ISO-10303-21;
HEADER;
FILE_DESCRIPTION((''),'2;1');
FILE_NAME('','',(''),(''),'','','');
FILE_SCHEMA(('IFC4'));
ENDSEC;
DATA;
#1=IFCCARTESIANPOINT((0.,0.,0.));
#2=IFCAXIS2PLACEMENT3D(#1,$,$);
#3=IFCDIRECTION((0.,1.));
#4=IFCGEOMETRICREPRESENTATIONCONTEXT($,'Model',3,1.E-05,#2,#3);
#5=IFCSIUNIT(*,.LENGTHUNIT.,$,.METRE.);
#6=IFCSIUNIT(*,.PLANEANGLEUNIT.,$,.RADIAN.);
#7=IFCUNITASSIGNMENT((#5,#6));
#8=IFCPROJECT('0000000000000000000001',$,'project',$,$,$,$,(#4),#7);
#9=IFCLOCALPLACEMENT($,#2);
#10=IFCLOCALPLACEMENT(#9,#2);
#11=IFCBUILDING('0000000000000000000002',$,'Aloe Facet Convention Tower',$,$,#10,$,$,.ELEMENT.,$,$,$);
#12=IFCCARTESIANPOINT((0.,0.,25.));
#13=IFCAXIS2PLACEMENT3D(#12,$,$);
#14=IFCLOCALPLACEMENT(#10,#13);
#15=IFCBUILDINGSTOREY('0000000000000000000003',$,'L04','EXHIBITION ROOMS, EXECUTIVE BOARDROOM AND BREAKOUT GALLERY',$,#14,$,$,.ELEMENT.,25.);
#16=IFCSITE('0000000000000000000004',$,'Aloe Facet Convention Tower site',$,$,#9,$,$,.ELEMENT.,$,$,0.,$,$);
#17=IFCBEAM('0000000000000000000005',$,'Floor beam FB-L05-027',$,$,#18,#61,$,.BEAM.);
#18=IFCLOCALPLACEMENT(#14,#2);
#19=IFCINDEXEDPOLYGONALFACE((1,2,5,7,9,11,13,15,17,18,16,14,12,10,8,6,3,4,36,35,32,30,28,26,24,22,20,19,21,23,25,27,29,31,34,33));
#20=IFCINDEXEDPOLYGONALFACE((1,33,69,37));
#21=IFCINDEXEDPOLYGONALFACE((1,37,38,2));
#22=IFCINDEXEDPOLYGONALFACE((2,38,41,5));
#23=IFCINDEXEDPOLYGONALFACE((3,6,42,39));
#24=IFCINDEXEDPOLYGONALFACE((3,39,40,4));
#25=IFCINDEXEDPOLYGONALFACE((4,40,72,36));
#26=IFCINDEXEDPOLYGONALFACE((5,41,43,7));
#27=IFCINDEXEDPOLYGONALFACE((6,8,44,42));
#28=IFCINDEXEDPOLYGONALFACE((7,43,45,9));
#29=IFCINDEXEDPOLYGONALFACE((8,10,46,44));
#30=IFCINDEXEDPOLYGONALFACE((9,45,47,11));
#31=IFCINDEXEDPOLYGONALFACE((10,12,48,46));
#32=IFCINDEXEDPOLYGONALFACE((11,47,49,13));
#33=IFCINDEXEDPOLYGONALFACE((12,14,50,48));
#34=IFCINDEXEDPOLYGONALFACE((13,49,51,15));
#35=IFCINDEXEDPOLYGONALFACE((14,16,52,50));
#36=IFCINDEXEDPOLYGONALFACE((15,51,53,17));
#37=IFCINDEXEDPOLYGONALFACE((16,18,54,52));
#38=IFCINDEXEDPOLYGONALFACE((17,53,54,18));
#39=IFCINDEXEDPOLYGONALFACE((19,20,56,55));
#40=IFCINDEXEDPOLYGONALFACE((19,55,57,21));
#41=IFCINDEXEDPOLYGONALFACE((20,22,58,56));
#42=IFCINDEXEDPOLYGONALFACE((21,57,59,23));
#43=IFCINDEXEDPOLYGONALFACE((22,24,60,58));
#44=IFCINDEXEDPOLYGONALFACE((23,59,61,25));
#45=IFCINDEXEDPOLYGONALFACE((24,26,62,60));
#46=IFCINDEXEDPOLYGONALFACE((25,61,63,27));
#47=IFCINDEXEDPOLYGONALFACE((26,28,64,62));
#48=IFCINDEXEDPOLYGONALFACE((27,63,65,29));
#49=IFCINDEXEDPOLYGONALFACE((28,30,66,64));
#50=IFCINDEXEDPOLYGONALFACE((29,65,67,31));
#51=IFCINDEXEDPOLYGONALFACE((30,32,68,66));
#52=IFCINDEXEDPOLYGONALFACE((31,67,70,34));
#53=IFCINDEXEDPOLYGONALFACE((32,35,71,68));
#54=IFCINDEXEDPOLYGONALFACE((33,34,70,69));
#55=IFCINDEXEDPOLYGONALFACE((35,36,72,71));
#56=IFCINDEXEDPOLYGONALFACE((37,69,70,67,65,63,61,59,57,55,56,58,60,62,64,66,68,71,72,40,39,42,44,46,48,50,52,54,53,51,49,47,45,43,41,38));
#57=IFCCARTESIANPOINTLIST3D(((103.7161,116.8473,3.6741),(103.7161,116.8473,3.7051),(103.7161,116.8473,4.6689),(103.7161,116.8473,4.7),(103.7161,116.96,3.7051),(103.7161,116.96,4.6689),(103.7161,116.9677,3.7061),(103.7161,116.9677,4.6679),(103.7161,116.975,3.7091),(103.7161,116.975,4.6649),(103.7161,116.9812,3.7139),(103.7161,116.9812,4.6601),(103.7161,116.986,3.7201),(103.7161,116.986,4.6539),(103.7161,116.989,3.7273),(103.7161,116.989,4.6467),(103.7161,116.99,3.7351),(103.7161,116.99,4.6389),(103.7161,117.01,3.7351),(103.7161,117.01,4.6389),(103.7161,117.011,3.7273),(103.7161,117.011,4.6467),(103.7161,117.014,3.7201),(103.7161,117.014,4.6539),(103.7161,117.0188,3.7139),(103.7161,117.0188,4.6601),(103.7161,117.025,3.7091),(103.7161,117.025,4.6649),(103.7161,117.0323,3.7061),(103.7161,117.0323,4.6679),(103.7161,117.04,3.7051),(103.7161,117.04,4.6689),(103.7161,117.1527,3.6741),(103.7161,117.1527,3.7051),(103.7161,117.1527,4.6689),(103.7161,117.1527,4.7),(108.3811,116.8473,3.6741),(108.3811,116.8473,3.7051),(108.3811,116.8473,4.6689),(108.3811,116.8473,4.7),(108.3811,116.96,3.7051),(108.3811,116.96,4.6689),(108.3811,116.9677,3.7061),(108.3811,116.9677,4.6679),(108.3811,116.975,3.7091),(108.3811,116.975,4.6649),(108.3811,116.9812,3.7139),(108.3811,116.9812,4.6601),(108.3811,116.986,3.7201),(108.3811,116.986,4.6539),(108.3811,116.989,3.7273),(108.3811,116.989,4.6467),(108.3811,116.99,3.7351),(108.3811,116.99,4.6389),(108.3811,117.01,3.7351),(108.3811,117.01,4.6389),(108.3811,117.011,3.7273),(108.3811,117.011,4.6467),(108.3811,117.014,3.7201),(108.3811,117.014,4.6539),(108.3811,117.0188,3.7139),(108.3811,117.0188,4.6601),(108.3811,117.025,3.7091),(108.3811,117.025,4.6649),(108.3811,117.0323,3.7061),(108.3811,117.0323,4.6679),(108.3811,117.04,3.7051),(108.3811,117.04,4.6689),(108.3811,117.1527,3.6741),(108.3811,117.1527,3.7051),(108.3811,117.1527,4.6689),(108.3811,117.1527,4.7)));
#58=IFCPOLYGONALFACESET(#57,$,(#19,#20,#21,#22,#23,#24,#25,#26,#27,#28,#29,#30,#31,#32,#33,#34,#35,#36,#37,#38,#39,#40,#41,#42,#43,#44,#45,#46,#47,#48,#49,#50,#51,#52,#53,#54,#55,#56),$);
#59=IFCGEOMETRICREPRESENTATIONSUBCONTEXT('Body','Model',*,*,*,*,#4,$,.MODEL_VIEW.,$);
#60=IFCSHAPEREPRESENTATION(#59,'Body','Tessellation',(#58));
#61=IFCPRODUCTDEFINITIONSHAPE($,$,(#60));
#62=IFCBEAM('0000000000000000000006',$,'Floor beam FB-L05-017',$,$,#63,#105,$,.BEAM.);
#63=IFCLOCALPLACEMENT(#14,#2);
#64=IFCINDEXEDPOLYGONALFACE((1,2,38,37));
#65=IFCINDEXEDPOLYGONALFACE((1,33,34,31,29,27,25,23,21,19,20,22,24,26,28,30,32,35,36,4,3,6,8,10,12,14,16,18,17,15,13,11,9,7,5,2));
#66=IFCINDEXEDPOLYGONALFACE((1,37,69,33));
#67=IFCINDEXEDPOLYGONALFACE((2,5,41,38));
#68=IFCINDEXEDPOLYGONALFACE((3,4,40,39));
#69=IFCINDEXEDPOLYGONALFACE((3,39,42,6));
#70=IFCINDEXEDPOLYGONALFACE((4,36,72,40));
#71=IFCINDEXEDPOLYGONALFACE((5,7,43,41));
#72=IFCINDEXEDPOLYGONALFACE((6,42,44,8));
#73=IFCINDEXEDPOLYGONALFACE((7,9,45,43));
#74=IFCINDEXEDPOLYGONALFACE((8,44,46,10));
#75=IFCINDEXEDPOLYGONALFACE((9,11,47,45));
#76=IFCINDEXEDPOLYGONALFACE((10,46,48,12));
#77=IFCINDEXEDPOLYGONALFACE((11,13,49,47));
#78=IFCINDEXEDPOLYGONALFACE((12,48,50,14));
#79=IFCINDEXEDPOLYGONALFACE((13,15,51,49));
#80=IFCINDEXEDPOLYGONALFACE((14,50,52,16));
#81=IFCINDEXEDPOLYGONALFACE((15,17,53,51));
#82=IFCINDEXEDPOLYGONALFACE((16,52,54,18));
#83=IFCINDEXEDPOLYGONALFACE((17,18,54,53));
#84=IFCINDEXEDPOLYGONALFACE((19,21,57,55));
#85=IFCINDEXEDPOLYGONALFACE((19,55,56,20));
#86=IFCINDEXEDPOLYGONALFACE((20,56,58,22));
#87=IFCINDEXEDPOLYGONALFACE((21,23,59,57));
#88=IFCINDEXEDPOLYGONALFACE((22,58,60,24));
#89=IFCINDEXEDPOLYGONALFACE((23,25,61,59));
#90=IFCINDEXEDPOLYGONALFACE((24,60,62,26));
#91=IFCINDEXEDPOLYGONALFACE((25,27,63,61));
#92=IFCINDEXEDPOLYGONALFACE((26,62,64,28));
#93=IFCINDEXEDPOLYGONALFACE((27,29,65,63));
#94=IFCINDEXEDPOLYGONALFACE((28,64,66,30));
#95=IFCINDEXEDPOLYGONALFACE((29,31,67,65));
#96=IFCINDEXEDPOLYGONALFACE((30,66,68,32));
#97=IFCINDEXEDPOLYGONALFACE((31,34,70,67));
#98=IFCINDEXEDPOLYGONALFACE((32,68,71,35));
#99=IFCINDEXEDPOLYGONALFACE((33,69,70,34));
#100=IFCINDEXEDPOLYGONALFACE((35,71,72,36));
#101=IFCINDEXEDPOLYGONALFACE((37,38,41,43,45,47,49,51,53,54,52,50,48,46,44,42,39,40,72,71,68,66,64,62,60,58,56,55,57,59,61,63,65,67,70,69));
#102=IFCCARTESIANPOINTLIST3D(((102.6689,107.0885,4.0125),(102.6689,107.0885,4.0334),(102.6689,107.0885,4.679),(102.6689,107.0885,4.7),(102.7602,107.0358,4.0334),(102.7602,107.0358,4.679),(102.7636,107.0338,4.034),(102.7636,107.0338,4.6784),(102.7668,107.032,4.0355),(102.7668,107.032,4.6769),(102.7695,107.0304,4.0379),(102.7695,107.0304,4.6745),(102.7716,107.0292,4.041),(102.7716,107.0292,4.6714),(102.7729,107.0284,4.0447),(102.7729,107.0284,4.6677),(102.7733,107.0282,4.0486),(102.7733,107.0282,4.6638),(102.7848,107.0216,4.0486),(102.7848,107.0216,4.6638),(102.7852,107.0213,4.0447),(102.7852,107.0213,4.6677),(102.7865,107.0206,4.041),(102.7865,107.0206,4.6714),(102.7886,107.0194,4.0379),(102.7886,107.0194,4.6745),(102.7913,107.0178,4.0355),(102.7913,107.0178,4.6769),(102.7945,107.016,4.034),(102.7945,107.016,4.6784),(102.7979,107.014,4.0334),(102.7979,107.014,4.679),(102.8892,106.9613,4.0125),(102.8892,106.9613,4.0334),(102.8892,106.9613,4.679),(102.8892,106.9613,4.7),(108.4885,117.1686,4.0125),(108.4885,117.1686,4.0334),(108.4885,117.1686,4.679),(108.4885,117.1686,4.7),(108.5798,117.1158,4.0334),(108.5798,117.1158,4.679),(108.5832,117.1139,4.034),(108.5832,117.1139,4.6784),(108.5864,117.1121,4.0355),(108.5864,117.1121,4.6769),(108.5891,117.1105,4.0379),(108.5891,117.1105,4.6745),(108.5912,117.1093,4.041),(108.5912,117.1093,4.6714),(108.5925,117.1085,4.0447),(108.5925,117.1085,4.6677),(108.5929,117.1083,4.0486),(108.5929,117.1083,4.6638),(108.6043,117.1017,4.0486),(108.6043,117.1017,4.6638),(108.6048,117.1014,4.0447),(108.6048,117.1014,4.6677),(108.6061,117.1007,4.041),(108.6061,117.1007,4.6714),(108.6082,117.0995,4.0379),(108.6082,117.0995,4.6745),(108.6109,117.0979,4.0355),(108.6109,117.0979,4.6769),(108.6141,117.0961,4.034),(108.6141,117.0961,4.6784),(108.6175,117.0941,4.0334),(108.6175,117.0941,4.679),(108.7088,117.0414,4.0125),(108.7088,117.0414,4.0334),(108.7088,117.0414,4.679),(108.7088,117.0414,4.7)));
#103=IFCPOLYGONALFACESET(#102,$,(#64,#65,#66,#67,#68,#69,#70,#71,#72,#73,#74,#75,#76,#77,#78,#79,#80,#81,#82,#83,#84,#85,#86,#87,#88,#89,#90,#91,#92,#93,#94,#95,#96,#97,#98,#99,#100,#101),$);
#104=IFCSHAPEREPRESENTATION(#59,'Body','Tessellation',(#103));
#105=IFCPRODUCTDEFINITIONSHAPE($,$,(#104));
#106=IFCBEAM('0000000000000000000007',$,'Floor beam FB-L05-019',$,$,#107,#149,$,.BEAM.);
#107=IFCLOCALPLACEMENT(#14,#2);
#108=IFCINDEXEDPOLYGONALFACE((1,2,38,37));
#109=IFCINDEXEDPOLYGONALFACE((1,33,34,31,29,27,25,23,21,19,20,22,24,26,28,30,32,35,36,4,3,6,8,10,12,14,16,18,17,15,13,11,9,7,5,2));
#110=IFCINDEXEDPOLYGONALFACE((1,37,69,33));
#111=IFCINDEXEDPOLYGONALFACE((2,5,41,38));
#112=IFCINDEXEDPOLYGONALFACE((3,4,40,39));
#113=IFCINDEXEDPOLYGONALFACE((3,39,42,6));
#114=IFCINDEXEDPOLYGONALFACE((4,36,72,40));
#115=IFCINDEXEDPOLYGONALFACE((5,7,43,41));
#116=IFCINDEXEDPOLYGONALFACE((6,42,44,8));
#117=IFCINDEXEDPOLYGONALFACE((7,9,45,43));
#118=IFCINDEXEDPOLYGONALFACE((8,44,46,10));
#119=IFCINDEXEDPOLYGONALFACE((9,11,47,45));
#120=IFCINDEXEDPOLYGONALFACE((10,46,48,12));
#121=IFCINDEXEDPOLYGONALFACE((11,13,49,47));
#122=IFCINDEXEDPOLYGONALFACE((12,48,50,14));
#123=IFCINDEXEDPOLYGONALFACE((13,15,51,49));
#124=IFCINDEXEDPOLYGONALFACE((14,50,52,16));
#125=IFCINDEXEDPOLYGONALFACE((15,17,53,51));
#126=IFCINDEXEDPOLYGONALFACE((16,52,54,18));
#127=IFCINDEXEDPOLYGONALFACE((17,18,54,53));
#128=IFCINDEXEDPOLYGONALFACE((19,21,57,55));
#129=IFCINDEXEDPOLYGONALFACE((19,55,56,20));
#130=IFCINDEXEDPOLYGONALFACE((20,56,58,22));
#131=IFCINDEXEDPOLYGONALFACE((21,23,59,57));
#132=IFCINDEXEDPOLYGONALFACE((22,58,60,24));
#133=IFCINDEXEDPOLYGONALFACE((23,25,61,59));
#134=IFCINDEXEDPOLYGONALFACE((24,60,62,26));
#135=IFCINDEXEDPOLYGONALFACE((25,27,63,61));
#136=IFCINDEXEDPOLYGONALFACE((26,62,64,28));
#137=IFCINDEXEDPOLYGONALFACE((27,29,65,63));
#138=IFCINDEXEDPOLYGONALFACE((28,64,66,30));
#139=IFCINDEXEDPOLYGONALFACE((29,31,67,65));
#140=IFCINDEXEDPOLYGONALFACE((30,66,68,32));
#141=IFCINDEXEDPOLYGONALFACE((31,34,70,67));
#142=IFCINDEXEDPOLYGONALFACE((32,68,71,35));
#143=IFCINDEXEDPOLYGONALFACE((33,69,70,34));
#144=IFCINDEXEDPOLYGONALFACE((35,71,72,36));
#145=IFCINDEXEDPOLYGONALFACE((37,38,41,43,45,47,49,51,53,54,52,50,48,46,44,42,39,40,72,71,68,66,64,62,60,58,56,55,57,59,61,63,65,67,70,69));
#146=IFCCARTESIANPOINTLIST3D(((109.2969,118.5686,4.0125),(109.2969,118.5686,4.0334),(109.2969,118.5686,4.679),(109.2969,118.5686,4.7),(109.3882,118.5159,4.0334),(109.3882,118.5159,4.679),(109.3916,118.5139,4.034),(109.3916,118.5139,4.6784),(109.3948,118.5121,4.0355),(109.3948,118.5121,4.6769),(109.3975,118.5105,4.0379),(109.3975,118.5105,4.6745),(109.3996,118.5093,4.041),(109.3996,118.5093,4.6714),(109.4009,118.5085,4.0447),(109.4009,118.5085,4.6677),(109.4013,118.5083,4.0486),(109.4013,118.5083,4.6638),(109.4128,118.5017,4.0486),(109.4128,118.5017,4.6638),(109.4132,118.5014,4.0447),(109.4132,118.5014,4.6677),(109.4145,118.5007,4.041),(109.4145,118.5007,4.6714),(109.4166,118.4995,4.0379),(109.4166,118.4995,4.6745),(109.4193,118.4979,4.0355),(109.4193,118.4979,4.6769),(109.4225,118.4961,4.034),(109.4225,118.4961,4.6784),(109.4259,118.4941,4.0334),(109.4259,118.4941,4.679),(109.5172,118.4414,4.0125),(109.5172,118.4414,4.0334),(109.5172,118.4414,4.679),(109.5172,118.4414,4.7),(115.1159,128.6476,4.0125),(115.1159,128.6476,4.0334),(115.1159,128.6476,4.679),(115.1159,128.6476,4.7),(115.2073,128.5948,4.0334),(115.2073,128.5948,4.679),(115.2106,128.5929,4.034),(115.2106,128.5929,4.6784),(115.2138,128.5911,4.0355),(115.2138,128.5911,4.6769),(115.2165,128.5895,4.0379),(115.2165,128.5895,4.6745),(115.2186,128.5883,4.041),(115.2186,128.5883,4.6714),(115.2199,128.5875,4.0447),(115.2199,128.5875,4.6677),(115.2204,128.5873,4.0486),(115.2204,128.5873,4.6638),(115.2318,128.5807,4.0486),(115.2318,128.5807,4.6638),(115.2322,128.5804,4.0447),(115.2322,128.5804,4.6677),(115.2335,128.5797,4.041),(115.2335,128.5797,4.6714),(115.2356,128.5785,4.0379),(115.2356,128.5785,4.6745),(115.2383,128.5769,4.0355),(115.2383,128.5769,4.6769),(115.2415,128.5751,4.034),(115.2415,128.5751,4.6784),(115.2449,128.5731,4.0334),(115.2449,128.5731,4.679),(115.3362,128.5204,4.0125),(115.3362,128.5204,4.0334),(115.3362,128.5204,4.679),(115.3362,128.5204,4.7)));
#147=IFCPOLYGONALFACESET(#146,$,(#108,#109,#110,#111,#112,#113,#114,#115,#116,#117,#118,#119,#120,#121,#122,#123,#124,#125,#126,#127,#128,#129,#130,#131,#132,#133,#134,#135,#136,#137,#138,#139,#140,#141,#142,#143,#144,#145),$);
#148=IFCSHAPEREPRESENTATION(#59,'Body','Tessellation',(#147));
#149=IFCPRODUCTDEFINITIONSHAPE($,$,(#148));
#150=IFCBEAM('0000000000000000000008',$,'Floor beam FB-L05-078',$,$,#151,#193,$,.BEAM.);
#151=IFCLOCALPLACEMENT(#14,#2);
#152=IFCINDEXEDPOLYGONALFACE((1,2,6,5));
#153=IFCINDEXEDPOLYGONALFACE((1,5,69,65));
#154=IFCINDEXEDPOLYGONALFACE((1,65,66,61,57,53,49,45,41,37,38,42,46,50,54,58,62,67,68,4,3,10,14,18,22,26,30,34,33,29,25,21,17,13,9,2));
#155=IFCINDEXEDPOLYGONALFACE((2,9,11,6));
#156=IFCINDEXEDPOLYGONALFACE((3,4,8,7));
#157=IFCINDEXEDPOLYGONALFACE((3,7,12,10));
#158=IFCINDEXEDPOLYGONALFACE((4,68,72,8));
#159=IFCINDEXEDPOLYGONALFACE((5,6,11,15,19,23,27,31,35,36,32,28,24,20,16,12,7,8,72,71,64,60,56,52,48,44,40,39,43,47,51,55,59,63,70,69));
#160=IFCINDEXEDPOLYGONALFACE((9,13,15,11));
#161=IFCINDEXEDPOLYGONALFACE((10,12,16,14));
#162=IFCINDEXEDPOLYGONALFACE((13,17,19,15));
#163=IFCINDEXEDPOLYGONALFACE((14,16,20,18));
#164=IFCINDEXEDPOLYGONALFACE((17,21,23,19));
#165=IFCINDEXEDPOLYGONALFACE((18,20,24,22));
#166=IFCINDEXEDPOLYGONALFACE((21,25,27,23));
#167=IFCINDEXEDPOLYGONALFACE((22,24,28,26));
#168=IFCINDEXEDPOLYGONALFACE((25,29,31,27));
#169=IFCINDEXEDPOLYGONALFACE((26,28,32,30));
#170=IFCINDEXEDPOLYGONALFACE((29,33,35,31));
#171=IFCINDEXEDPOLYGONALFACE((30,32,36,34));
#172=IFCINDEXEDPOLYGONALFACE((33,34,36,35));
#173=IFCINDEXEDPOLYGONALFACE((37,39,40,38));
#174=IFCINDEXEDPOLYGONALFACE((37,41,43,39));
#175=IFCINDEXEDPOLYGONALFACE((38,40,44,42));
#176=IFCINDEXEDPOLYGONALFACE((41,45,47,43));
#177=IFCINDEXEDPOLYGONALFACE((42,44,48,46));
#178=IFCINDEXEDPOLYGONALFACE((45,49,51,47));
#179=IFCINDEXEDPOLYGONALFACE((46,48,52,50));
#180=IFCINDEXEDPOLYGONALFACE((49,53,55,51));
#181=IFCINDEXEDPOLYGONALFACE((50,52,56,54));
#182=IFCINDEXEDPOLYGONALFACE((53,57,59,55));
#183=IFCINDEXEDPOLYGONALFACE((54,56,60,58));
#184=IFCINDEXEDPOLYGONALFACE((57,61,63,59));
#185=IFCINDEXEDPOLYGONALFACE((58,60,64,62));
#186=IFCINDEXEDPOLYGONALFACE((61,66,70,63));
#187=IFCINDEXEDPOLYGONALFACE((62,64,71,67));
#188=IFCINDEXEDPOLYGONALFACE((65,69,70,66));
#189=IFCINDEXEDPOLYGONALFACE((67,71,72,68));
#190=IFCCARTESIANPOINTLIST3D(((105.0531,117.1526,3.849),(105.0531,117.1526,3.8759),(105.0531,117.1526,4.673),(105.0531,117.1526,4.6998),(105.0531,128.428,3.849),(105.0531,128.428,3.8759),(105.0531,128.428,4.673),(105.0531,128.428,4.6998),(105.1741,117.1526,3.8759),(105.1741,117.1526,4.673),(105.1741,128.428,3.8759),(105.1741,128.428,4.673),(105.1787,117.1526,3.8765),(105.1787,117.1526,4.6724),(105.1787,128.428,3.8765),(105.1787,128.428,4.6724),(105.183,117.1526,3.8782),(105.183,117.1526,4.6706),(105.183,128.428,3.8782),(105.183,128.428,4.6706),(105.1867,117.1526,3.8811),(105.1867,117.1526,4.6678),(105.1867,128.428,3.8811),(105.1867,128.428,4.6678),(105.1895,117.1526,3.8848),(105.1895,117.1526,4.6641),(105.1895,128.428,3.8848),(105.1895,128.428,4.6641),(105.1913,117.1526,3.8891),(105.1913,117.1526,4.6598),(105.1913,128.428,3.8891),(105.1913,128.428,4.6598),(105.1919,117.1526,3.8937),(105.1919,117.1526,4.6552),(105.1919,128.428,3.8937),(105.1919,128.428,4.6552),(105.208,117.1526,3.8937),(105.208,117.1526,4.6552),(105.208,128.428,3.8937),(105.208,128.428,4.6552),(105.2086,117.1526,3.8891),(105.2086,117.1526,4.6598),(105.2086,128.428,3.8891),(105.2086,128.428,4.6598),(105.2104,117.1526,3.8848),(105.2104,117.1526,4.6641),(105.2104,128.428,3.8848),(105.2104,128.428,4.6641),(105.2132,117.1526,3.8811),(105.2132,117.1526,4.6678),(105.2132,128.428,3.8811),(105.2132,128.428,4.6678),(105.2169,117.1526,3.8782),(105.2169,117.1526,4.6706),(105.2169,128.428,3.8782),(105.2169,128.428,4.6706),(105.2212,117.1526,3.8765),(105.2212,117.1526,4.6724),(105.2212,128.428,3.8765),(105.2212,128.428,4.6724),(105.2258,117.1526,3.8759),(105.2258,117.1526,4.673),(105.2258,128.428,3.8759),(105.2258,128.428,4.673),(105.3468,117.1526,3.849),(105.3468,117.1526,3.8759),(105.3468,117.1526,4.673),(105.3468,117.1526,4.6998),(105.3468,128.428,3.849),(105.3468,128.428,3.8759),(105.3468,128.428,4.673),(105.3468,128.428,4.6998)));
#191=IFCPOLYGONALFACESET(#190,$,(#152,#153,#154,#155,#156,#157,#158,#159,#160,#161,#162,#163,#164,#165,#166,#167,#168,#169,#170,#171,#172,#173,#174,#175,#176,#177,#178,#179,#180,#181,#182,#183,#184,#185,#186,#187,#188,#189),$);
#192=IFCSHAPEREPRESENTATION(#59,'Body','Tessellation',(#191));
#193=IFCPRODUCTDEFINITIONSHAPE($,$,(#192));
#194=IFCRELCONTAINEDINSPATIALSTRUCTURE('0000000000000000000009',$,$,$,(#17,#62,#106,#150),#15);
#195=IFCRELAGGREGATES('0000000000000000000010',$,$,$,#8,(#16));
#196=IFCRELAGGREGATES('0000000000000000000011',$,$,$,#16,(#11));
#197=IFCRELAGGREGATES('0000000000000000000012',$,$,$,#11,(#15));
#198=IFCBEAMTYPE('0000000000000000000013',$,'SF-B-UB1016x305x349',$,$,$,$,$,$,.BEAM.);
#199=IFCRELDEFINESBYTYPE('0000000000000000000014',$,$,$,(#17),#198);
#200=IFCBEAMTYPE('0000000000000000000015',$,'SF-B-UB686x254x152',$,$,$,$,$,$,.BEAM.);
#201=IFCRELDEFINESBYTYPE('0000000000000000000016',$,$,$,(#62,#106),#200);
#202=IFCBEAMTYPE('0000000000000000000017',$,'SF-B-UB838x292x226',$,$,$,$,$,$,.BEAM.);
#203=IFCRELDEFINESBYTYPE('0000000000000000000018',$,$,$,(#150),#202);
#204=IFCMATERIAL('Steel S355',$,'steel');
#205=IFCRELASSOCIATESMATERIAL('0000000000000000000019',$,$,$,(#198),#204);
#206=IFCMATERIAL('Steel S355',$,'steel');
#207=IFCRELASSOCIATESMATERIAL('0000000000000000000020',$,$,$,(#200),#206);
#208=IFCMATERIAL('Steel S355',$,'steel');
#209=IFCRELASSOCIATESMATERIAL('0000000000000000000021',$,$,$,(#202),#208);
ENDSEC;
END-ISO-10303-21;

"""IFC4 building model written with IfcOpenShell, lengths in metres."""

from ifc_helpers import new_model, si_unit, direction, frame, origin, origin_2d, place, context, subcontext, project, spatial, i_section, extrude, material, material_profile, profile_set, type_object, element, save


model = new_model("IFC4")

# Units and contexts
model_context = context("Model", 3, precision=1e-05, world=origin(), true_north=direction((0.0, 1.0)))
body_context = subcontext(model_context, "Body", "Model", "MODEL_VIEW")
ifc_project = project(units=[si_unit("LENGTHUNIT", "METRE"), si_unit("PLANEANGLEUNIT", "RADIAN")], contexts=[model_context])

# Site, building, storey
site_placement = place(None, origin())
site = spatial("IfcSite", under=ifc_project, at=site_placement, Name="Aloe Facet Convention Tower site", CompositionType="ELEMENT", RefElevation=0.0)
building_placement = place(site_placement, origin())
building = spatial("IfcBuilding", under=site, at=building_placement, Name="Aloe Facet Convention Tower", CompositionType="ELEMENT")
storey_placement = place(building_placement, frame((0.0, 0.0, 25.0)))
storey = spatial("IfcBuildingStorey", under=building, at=storey_placement, Name="L04", Description="EXHIBITION ROOMS, EXECUTIVE BOARDROOM AND BREAKOUT GALLERY", CompositionType="ELEMENT", Elevation=25.0)

# Beams
ifc_material_1 = material(Name="Steel S355", Category="steel")
ifc_material_profile_1 = material_profile(ifc_material_1, i_section(OverallWidth=0.3054, OverallDepth=1.0259, WebThickness=0.02, FlangeThickness=0.031, FilletRadius=0.03, at=origin_2d()), Name="UB 1016x305x349")
ifc_profile_set_1 = profile_set([ifc_material_profile_1], Name="Steel S355")
beam_type_1 = type_object("IfcBeamType", Name="SF-B-UB1016x305x349", PredefinedType="BEAM", material=ifc_profile_set_1)
beam_1_placement = place(storey_placement, frame((103.7161, 117.0, 4.187), z_axis=(1.0, 0.0, 0.0), x_axis=(0.0, 1.0, 0.0)))
element("IfcBeam", 1, at=beam_1_placement, inside=storey, type_object=beam_type_1, Name="Floor beam FB-L05-027", PredefinedType="BEAM", context=body_context, shape_type="SweptSolid", body=[
    extrude(i_section(OverallWidth=0.3054, OverallDepth=1.0259, WebThickness=0.02, FlangeThickness=0.031, FilletRadius=0.03, at=origin_2d()), origin(), (0.0, 0.0, 1.0), 4.665),
])
ifc_material_2 = material(Name="Steel S355", Category="steel")
ifc_material_profile_2 = material_profile(ifc_material_2, i_section(OverallWidth=0.2544, OverallDepth=0.6875, WebThickness=0.0132, FlangeThickness=0.021, FilletRadius=0.0151, at=origin_2d()), Name="UB 686x254x152")
ifc_profile_set_2 = profile_set([ifc_material_profile_2], Name="Steel S355")
beam_type_2 = type_object("IfcBeamType", Name="SF-B-UB686x254x152", PredefinedType="BEAM", material=ifc_profile_set_2)
beam_2_placement = place(storey_placement, frame((108.5986, 117.105, 4.3562), z_axis=(-0.49999, -0.866031, 0.0), x_axis=(0.866031, -0.49999, 0.0)))
element("IfcBeam", 2, at=beam_2_placement, inside=storey, type_object=beam_type_2, Name="Floor beam FB-L05-017", PredefinedType="BEAM", context=body_context, shape_type="SweptSolid", body=[
    extrude(i_section(OverallWidth=0.2544, OverallDepth=0.6875, WebThickness=0.0132, FlangeThickness=0.021, FilletRadius=0.0151, at=origin_2d()), origin(), (0.0, 0.0, 1.0), 11.6394),
])
beam_3_placement = place(storey_placement, frame((115.2261, 128.584, 4.3562), z_axis=(-0.499995, -0.866028, 0.0), x_axis=(0.866028, -0.499995, 0.0)))
element("IfcBeam", 3, at=beam_3_placement, inside=storey, type_object=beam_type_2, Name="Floor beam FB-L05-019", PredefinedType="BEAM", context=body_context, shape_type="SweptSolid", body=[
    extrude(i_section(OverallWidth=0.2544, OverallDepth=0.6875, WebThickness=0.0132, FlangeThickness=0.021, FilletRadius=0.0151, at=origin_2d()), origin(), (0.0, 0.0, 1.0), 11.6382),
])
ifc_material_3 = material(Name="Steel S355", Category="steel")
ifc_material_profile_3 = material_profile(ifc_material_3, i_section(OverallWidth=0.2937, OverallDepth=0.8508, WebThickness=0.0161, FlangeThickness=0.0269, FilletRadius=0.0178, at=origin_2d()), Name="UB 838x292x226")
ifc_profile_set_3 = profile_set([ifc_material_profile_3], Name="Steel S355")
beam_type_3 = type_object("IfcBeamType", Name="SF-B-UB838x292x226", PredefinedType="BEAM", material=ifc_profile_set_3)
beam_4_placement = place(storey_placement, frame((105.2, 117.1526, 4.2744), z_axis=(0.0, 1.0, 0.0), x_axis=(-1.0, 0.0, 0.0)))
element("IfcBeam", 4, at=beam_4_placement, inside=storey, type_object=beam_type_3, Name="Floor beam FB-L05-078", PredefinedType="BEAM", context=body_context, shape_type="SweptSolid", body=[
    extrude(i_section(OverallWidth=0.2937, OverallDepth=0.8508, WebThickness=0.0161, FlangeThickness=0.0269, FilletRadius=0.0178, at=origin_2d()), origin(), (0.0, 0.0, 1.0), 11.2754),
])

save(model, "model.ifc")
